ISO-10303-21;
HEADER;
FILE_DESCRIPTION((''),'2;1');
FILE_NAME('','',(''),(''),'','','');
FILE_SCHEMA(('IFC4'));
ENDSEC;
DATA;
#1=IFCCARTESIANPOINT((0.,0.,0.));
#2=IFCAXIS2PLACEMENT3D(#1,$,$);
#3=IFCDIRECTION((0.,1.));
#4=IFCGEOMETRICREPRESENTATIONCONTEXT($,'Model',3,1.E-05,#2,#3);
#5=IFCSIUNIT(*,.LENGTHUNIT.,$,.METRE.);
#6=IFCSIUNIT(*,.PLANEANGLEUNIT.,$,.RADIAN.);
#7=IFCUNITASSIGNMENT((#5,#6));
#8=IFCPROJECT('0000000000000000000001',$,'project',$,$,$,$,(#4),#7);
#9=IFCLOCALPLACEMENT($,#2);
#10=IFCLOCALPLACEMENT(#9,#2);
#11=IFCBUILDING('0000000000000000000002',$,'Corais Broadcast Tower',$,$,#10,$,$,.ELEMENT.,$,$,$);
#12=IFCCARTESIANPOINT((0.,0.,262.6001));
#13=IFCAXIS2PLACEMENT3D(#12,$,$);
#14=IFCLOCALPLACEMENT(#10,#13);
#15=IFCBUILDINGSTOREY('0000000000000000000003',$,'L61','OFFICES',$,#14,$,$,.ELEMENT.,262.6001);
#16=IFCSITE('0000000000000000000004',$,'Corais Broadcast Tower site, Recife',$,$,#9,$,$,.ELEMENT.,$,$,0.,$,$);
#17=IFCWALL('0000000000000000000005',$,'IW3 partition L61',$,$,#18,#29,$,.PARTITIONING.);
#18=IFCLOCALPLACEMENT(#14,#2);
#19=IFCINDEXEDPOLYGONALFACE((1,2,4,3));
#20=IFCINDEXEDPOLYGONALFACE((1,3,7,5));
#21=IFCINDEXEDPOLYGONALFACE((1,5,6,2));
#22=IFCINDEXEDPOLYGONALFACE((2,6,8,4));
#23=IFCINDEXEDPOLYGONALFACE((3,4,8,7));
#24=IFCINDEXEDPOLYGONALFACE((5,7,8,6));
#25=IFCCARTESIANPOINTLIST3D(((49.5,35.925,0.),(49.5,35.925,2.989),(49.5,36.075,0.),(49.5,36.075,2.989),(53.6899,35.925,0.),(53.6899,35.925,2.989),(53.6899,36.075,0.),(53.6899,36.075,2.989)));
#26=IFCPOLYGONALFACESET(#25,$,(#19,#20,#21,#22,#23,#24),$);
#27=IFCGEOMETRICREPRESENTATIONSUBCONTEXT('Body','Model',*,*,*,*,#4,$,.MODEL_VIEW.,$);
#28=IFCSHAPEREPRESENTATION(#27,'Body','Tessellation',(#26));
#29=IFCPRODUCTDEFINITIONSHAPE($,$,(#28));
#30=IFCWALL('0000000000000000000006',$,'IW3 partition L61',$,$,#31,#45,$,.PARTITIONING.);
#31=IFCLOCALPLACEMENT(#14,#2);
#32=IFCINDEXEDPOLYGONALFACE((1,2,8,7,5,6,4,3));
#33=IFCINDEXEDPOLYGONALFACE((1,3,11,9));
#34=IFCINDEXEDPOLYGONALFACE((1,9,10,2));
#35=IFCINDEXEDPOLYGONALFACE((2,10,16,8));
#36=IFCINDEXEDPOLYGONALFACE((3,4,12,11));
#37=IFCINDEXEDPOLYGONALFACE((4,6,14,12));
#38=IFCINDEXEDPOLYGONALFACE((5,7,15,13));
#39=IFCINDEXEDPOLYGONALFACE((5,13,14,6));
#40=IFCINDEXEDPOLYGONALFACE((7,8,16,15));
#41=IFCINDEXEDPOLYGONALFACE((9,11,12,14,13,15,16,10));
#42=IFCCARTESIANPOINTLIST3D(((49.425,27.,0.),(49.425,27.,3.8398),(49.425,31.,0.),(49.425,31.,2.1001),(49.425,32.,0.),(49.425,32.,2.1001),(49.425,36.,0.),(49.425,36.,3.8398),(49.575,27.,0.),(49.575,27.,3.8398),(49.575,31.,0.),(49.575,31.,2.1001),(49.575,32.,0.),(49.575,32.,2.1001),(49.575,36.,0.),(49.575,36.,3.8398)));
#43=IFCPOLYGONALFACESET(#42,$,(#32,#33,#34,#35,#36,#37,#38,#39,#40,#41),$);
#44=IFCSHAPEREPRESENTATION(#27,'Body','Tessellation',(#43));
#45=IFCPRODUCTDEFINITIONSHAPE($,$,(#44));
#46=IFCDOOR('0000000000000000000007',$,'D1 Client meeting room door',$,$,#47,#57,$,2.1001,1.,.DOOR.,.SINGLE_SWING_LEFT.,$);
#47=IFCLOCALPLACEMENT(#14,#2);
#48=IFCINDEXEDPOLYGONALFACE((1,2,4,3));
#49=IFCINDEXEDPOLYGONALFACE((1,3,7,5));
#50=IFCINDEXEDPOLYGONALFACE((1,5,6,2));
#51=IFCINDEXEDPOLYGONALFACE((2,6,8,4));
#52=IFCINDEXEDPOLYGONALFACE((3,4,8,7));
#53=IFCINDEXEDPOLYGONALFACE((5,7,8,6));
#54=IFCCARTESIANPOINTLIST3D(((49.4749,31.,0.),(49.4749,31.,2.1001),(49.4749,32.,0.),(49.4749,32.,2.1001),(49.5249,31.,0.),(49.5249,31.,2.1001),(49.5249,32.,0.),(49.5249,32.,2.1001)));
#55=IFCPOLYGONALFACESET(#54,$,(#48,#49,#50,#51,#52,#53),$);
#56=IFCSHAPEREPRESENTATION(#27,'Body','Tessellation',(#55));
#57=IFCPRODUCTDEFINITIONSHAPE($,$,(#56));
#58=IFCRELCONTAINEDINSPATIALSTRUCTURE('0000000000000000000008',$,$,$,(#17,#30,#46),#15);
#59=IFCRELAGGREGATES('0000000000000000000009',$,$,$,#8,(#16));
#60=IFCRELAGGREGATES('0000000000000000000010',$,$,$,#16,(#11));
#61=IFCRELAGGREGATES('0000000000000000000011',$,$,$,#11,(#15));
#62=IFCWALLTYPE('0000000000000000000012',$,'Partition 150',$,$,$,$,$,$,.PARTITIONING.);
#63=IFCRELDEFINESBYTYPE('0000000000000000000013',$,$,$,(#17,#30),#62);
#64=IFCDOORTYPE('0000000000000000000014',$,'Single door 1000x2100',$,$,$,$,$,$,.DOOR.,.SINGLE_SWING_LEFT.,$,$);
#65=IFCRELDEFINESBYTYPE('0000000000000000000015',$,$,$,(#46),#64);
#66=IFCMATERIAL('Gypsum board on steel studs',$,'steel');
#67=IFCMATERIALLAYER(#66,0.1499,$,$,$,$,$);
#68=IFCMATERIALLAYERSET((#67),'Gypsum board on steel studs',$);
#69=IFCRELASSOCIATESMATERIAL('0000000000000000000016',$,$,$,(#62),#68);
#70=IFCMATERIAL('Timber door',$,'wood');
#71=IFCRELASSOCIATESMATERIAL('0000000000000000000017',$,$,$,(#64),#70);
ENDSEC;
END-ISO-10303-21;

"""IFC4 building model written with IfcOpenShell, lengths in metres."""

from ifc_helpers import new_model, si_unit, direction, frame, frame_2d, origin, place, context, subcontext, project, spatial, rectangle, extrude, material, layer, layer_set, type_object, element, fill, save


model = new_model("IFC4")

# Units and contexts
model_context = context("Model", 3, precision=1e-05, world=origin(), true_north=direction((0.0, 1.0)))
body_context = subcontext(model_context, "Body", "Model", "MODEL_VIEW")
ifc_project = project(units=[si_unit("LENGTHUNIT", "METRE"), si_unit("PLANEANGLEUNIT", "RADIAN")], contexts=[model_context])

# Site, building, storey
site_placement = place(None, origin())
site = spatial("IfcSite", under=ifc_project, at=site_placement, Name="Corais Broadcast Tower site, Recife", CompositionType="ELEMENT", RefElevation=0.0)
building_placement = place(site_placement, origin())
building = spatial("IfcBuilding", under=site, at=building_placement, Name="Corais Broadcast Tower", CompositionType="ELEMENT")
storey_placement = place(building_placement, frame((0.0, 0.0, 262.6001)))
storey = spatial("IfcBuildingStorey", under=building, at=storey_placement, Name="L61", Description="OFFICES", CompositionType="ELEMENT", Elevation=262.6001)

# Wall
ifc_material_1 = material(Name="Gypsum board on steel studs", Category="steel")
ifc_layer_1 = layer(ifc_material_1, 0.1499)
ifc_layer_set_1 = layer_set([ifc_layer_1], Name="Gypsum board on steel studs")
wall_type = type_object("IfcWallType", Name="Partition 150", PredefinedType="PARTITIONING", material=ifc_layer_set_1)
wall_1_placement = place(storey_placement, frame((53.6899, 36.0, 0.0), z_axis=(0.0, 0.0, 1.0), x_axis=(-1.0, 0.0, 0.0)))
element("IfcWall", 1, at=wall_1_placement, inside=storey, type_object=wall_type, Name="IW3 partition L61", PredefinedType="PARTITIONING", context=body_context, shape_type="SweptSolid", body=[
    extrude(rectangle(XDim=4.1899, YDim=0.1499, at=frame_2d((2.095, 0.0))), origin(), (0.0, 0.0, 1.0), 2.989),
])

# Wall, opening, door
wall_2_placement = place(storey_placement, frame((49.5, 36.0, 0.0), z_axis=(0.0, 0.0, 1.0), x_axis=(0.0, -1.0, 0.0)))
wall_2 = element("IfcWall", 2, at=wall_2_placement, inside=storey, type_object=wall_type, Name="IW3 partition L61", PredefinedType="PARTITIONING", context=body_context, shape_type="SweptSolid", body=[
    extrude(rectangle(XDim=9.0, YDim=0.1499, at=frame_2d((4.5, 0.0))), origin(), (0.0, 0.0, 1.0), 3.8398),
])
opening_placement = place(wall_2_placement, frame((4.0, 0.0, 0.0)))
opening = element("IfcOpeningElement", 3, at=opening_placement, cuts=wall_2, PredefinedType="OPENING", context=body_context, shape_type="SweptSolid", body=[
    extrude(rectangle(XDim=1.0, YDim=2.1001, at=frame_2d((0.5, 1.05))), frame((0.0, 0.085, 0.0), z_axis=(0.0, -1.0, 0.0), x_axis=(1.0, 0.0, 0.0)), (0.0, 0.0, 1.0), 0.1699),
])
ifc_material_2 = material(Name="Timber door", Category="wood")
door_type = type_object("IfcDoorType", Name="Single door 1000x2100", OperationType="SINGLE_SWING_LEFT", PredefinedType="DOOR", material=ifc_material_2)
door_placement = place(opening_placement, origin())
door = element("IfcDoor", 4, at=door_placement, inside=storey, type_object=door_type, Name="D1 Client meeting room door", OperationType="SINGLE_SWING_LEFT", OverallHeight=2.1001, OverallWidth=1.0, PredefinedType="DOOR", context=body_context, shape_type="SweptSolid", body=[
    extrude(rectangle(XDim=1.0, YDim=2.1001, at=frame_2d((0.5, 1.05))), frame((0.0, 0.0249, 0.0), z_axis=(0.0, -1.0, 0.0), x_axis=(1.0, 0.0, 0.0)), (0.0, 0.0, 1.0), 0.05),
])
fill(opening, door)

save(model, "model.ifc")
